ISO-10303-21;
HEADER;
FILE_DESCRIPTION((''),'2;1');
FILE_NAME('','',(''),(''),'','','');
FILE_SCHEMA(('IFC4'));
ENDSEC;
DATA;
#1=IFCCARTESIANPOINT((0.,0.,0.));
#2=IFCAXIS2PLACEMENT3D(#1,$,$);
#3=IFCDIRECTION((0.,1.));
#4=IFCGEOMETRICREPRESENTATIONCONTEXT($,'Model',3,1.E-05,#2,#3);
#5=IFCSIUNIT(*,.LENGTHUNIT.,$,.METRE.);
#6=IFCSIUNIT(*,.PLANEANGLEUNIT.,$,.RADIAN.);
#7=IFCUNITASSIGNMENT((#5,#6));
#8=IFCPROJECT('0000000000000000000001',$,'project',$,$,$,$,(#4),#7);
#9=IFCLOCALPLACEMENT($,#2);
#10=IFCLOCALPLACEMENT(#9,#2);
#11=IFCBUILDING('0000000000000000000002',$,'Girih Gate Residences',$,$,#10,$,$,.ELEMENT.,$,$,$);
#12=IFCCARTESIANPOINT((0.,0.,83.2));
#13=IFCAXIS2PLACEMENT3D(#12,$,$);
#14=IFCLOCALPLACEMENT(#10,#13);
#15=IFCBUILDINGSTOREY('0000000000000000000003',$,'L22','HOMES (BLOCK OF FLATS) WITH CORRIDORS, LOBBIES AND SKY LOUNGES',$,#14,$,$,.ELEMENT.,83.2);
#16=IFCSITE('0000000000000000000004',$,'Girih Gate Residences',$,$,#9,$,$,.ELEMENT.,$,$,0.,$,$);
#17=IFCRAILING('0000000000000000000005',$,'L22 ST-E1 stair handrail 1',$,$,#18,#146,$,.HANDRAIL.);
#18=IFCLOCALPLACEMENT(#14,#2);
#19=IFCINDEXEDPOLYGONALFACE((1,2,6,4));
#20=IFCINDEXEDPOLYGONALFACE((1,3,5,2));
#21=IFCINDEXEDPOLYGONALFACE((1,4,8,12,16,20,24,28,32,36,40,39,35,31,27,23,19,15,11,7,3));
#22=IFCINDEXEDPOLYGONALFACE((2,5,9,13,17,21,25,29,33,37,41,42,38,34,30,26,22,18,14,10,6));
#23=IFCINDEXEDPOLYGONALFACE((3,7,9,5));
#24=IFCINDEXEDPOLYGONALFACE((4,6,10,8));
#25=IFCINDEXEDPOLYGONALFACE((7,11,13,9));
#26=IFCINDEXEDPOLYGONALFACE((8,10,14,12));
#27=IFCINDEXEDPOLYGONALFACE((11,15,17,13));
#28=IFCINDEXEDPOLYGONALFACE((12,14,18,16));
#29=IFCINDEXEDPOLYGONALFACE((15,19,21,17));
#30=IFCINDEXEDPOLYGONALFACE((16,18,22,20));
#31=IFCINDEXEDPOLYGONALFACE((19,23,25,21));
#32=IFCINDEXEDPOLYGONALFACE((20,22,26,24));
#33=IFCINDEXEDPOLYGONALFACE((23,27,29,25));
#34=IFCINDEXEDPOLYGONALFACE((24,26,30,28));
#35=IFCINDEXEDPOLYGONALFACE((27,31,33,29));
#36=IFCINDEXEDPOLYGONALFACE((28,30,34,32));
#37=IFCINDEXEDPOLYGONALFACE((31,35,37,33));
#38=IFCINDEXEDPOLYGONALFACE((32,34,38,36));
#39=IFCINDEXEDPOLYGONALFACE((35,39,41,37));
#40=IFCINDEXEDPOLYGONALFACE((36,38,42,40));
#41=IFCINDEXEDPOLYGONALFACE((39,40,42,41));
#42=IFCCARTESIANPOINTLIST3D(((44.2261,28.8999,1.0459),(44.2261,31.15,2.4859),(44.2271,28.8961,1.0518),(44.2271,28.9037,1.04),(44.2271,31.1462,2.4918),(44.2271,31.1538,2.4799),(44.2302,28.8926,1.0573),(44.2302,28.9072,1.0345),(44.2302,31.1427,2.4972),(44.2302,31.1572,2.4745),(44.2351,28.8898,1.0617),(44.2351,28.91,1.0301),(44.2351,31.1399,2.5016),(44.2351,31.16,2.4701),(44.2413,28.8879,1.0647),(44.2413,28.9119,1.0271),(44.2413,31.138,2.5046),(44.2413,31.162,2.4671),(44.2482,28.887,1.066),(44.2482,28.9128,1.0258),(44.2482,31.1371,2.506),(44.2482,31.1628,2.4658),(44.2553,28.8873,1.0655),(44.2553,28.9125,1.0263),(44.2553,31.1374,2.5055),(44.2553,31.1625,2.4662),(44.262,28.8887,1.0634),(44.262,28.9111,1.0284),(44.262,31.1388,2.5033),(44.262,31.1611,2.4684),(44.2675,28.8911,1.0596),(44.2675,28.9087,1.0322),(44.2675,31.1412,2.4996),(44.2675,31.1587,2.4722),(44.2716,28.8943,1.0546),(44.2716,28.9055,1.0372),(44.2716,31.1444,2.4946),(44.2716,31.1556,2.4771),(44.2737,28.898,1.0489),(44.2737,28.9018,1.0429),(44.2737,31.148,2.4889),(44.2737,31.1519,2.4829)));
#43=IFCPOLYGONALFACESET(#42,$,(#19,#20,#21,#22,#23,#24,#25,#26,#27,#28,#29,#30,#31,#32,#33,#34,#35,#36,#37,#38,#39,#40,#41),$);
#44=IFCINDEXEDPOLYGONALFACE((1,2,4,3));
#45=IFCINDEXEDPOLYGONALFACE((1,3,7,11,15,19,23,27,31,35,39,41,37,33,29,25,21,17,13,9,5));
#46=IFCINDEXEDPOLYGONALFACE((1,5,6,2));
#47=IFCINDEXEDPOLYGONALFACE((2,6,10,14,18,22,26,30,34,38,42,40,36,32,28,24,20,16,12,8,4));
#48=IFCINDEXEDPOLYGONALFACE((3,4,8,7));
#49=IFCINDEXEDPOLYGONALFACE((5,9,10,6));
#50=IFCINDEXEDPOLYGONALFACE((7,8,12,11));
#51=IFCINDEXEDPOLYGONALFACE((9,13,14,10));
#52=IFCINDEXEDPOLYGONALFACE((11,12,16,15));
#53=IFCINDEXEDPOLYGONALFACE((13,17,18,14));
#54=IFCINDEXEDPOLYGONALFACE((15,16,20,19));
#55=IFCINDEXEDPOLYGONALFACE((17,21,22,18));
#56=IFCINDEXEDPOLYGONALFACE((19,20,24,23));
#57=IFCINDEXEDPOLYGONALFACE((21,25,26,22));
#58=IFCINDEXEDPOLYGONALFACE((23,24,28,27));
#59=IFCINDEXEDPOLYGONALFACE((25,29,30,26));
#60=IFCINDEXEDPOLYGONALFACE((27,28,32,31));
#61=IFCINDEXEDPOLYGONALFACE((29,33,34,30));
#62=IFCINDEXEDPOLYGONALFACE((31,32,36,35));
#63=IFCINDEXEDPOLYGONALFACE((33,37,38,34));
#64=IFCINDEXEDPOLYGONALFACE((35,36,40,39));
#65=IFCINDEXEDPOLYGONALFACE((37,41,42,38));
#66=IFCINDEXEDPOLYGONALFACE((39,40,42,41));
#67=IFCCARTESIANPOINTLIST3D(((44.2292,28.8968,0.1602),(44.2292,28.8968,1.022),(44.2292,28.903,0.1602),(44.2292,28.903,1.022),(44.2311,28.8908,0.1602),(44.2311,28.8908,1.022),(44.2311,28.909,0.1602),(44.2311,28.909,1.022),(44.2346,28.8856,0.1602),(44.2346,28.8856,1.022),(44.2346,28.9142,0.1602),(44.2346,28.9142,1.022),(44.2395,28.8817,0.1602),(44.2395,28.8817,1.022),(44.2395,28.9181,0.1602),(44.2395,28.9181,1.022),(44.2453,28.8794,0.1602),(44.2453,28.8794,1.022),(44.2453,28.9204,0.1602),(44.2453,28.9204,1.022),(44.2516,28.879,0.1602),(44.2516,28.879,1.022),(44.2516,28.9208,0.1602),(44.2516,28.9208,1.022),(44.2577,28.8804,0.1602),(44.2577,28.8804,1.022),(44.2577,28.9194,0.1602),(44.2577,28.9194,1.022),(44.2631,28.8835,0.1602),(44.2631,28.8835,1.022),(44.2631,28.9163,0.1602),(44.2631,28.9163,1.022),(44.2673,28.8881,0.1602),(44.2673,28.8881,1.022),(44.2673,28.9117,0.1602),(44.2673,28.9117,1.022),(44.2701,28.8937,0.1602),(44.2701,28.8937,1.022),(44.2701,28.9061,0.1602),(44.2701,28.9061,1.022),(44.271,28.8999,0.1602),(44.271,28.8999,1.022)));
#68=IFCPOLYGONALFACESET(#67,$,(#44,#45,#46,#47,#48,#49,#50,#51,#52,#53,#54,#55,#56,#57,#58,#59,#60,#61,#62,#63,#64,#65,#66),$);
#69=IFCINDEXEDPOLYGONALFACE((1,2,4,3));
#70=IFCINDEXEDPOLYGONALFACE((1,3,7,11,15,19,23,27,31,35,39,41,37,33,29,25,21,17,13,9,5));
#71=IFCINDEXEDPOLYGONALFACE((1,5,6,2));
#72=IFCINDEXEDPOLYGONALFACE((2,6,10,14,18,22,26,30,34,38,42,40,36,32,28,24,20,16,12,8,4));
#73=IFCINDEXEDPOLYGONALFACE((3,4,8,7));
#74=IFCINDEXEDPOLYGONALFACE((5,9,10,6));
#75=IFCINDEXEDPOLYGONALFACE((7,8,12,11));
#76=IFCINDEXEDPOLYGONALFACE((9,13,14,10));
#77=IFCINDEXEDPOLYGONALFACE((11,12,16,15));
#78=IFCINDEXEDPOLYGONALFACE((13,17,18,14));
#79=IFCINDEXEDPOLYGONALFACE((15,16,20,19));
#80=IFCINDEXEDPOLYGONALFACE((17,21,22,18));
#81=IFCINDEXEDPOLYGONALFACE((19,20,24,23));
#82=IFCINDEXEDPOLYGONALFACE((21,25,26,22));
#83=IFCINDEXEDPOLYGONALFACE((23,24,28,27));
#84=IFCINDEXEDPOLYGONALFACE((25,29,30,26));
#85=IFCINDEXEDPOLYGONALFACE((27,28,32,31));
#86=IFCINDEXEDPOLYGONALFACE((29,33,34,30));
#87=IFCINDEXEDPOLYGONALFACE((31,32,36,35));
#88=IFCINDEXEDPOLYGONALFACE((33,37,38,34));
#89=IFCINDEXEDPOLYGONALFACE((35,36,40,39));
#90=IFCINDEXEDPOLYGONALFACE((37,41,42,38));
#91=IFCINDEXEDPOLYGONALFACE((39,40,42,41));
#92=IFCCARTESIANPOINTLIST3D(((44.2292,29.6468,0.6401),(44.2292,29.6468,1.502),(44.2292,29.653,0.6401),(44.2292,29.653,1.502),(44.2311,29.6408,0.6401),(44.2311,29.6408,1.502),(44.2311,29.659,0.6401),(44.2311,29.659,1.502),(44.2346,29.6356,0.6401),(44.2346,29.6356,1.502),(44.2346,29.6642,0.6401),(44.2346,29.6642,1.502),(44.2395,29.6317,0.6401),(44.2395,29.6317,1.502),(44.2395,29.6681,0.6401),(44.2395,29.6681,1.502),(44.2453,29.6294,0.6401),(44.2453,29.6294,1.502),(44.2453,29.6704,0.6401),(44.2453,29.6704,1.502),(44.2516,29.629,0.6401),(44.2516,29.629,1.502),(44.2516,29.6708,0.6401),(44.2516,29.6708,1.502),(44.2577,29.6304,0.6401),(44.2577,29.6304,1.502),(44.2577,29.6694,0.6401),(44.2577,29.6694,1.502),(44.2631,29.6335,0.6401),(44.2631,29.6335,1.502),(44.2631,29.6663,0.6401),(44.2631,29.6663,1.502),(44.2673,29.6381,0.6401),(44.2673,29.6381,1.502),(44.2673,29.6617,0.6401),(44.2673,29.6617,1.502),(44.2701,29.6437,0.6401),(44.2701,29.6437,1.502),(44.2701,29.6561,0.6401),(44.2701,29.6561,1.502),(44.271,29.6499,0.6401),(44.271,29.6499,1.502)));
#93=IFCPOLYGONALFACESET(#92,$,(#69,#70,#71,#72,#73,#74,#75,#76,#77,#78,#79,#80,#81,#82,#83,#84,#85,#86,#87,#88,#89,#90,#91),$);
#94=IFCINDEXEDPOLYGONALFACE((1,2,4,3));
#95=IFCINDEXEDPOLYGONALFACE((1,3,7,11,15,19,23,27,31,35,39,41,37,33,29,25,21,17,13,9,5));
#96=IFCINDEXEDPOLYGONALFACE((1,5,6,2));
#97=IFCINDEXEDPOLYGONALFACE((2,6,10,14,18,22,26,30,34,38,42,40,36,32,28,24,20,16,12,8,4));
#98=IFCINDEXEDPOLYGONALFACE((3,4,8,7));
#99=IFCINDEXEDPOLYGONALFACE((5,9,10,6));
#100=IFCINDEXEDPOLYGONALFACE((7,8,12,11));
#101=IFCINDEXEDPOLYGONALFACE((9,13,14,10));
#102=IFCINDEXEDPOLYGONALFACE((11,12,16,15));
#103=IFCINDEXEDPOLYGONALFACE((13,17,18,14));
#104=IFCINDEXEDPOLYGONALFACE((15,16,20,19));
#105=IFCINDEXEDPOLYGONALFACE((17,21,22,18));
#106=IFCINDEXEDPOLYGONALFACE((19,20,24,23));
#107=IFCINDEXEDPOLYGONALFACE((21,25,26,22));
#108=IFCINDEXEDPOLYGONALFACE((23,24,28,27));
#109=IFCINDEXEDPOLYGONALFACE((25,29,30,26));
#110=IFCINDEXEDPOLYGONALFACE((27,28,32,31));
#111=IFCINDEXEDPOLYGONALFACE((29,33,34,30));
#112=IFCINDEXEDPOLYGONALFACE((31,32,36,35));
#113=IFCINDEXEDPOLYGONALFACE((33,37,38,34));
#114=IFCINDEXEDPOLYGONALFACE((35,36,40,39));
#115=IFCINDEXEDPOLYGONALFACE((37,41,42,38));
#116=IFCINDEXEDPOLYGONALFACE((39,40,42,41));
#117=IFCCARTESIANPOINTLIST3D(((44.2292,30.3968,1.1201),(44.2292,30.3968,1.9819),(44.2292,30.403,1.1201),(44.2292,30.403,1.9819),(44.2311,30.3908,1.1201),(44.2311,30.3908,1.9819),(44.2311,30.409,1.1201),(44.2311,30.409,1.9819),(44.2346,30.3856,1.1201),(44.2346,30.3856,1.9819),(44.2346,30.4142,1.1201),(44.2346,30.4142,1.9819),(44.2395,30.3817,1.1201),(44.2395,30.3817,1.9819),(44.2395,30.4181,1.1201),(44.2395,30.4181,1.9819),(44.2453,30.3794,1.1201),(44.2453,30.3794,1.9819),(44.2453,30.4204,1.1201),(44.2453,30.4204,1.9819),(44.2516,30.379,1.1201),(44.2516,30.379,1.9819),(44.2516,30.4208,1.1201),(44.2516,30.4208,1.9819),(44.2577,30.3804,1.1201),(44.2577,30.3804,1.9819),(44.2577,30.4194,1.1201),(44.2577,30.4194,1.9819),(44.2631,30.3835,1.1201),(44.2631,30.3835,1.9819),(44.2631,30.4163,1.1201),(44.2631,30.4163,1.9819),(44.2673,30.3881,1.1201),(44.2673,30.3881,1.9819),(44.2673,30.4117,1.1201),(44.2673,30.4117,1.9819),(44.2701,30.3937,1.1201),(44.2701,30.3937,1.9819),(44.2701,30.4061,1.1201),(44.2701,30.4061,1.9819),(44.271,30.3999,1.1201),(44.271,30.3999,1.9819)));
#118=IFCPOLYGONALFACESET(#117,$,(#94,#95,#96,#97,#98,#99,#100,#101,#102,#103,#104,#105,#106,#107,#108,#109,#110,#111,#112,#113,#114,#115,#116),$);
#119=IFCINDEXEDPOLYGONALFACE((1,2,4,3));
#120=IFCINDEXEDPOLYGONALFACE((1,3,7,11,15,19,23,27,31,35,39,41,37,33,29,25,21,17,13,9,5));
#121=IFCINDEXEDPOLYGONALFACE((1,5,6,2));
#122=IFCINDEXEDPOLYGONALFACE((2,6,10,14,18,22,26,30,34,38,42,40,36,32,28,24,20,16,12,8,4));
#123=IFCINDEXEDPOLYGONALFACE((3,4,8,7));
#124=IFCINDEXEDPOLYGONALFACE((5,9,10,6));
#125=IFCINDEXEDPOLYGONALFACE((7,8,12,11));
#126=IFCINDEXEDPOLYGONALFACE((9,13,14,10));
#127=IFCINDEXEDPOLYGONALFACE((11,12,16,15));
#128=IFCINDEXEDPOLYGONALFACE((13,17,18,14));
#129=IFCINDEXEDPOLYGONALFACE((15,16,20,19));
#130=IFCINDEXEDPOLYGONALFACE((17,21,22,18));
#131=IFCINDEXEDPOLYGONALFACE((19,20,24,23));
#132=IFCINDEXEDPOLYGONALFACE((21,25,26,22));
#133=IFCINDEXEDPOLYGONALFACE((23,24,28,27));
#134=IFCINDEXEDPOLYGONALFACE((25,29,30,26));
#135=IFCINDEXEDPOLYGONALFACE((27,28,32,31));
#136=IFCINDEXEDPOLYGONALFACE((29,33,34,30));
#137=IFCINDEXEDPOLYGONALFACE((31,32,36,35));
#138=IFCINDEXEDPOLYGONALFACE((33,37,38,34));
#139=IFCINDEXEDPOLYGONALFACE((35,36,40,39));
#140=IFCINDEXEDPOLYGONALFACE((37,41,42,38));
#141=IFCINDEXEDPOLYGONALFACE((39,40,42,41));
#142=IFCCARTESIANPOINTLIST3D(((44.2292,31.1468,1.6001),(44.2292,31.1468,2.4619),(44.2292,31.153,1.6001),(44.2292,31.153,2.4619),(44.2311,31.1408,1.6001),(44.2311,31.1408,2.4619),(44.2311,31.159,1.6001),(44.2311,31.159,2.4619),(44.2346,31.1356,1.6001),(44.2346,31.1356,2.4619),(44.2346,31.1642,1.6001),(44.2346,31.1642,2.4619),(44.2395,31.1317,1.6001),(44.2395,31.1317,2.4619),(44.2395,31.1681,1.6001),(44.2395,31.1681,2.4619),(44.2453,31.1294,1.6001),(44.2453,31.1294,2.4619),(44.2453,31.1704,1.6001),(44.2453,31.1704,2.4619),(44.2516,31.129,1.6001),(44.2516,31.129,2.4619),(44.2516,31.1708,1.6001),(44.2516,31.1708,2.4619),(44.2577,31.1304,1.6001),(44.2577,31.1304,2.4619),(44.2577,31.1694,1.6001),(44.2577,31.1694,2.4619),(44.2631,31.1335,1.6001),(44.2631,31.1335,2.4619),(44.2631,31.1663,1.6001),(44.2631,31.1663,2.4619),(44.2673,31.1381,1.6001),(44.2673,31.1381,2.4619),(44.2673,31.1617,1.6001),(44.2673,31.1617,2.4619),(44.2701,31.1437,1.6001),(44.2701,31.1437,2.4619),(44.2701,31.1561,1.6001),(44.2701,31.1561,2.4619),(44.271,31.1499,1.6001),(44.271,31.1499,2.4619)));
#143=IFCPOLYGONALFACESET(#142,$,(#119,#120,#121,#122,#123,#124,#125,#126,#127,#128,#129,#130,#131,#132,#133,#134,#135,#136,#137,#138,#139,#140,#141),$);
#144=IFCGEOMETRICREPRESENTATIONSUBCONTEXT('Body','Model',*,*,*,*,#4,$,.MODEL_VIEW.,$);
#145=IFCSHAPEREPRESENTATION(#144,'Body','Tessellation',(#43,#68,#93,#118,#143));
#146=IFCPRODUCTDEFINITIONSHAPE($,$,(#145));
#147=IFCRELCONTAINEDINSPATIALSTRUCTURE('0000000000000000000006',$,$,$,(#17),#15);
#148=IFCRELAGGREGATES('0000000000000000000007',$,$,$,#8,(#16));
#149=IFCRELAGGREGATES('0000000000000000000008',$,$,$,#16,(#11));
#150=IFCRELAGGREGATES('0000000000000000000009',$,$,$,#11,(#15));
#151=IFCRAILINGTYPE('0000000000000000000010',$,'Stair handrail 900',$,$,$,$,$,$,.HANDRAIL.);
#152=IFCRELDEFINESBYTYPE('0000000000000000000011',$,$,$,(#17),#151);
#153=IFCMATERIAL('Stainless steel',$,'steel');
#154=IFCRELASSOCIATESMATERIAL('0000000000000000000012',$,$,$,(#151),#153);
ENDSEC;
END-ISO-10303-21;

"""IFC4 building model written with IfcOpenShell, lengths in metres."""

from ifc_helpers import new_model, si_unit, direction, frame, origin, origin_2d, place, context, subcontext, project, spatial, circle, extrude, material, type_object, element, save


model = new_model("IFC4")

# Units and contexts
model_context = context("Model", 3, precision=1e-05, world=origin(), true_north=direction((0.0, 1.0)))
body_context = subcontext(model_context, "Body", "Model", "MODEL_VIEW")
ifc_project = project(units=[si_unit("LENGTHUNIT", "METRE"), si_unit("PLANEANGLEUNIT", "RADIAN")], contexts=[model_context])

# Site, building, storey
site_placement = place(None, origin())
site = spatial("IfcSite", under=ifc_project, at=site_placement, Name="Girih Gate Residences", CompositionType="ELEMENT", RefElevation=0.0)
building_placement = place(site_placement, origin())
building = spatial("IfcBuilding", under=site, at=building_placement, Name="Girih Gate Residences", CompositionType="ELEMENT")
storey_placement = place(building_placement, frame((0.0, 0.0, 83.2)))
storey = spatial("IfcBuildingStorey", under=building, at=storey_placement, Name="L22", Description="HOMES (BLOCK OF FLATS) WITH CORRIDORS, LOBBIES AND SKY LOUNGES", CompositionType="ELEMENT", Elevation=83.2)

# Railing
ifc_material_1 = material(Name="Stainless steel", Category="steel")
railing_type_1 = type_object("IfcRailingType", Name="Stair handrail 900", PredefinedType="HANDRAIL", material=ifc_material_1)
railing_1_placement = place(storey_placement, frame((44.25, 28.8999, 0.1602)))
element("IfcRailing", 1, at=railing_1_placement, inside=storey, type_object=railing_type_1, Name="L22 ST-E1 stair handrail 1", PredefinedType="HANDRAIL", context=body_context, shape_type="SweptSolid", body=[
    extrude(circle(Radius=0.0239, at=origin_2d()), frame((0.0, 0.0, 0.8857), z_axis=(0.0, 0.842281, 0.539038), x_axis=(-1.0, 0.0, 0.0)), (0.0, 0.0, 1.0), 2.6714),
    extrude(circle(Radius=0.021, at=origin_2d()), origin(), (0.0, 0.0, 1.0), 0.8618),
    extrude(circle(Radius=0.021, at=origin_2d()), frame((0.0, 0.75, 0.48)), (0.0, 0.0, 1.0), 0.8618),
    extrude(circle(Radius=0.021, at=origin_2d()), frame((0.0, 1.5, 0.96)), (0.0, 0.0, 1.0), 0.8618),
    extrude(circle(Radius=0.021, at=origin_2d()), frame((0.0, 2.25, 1.4399)), (0.0, 0.0, 1.0), 0.8618),
])

save(model, "model.ifc")
